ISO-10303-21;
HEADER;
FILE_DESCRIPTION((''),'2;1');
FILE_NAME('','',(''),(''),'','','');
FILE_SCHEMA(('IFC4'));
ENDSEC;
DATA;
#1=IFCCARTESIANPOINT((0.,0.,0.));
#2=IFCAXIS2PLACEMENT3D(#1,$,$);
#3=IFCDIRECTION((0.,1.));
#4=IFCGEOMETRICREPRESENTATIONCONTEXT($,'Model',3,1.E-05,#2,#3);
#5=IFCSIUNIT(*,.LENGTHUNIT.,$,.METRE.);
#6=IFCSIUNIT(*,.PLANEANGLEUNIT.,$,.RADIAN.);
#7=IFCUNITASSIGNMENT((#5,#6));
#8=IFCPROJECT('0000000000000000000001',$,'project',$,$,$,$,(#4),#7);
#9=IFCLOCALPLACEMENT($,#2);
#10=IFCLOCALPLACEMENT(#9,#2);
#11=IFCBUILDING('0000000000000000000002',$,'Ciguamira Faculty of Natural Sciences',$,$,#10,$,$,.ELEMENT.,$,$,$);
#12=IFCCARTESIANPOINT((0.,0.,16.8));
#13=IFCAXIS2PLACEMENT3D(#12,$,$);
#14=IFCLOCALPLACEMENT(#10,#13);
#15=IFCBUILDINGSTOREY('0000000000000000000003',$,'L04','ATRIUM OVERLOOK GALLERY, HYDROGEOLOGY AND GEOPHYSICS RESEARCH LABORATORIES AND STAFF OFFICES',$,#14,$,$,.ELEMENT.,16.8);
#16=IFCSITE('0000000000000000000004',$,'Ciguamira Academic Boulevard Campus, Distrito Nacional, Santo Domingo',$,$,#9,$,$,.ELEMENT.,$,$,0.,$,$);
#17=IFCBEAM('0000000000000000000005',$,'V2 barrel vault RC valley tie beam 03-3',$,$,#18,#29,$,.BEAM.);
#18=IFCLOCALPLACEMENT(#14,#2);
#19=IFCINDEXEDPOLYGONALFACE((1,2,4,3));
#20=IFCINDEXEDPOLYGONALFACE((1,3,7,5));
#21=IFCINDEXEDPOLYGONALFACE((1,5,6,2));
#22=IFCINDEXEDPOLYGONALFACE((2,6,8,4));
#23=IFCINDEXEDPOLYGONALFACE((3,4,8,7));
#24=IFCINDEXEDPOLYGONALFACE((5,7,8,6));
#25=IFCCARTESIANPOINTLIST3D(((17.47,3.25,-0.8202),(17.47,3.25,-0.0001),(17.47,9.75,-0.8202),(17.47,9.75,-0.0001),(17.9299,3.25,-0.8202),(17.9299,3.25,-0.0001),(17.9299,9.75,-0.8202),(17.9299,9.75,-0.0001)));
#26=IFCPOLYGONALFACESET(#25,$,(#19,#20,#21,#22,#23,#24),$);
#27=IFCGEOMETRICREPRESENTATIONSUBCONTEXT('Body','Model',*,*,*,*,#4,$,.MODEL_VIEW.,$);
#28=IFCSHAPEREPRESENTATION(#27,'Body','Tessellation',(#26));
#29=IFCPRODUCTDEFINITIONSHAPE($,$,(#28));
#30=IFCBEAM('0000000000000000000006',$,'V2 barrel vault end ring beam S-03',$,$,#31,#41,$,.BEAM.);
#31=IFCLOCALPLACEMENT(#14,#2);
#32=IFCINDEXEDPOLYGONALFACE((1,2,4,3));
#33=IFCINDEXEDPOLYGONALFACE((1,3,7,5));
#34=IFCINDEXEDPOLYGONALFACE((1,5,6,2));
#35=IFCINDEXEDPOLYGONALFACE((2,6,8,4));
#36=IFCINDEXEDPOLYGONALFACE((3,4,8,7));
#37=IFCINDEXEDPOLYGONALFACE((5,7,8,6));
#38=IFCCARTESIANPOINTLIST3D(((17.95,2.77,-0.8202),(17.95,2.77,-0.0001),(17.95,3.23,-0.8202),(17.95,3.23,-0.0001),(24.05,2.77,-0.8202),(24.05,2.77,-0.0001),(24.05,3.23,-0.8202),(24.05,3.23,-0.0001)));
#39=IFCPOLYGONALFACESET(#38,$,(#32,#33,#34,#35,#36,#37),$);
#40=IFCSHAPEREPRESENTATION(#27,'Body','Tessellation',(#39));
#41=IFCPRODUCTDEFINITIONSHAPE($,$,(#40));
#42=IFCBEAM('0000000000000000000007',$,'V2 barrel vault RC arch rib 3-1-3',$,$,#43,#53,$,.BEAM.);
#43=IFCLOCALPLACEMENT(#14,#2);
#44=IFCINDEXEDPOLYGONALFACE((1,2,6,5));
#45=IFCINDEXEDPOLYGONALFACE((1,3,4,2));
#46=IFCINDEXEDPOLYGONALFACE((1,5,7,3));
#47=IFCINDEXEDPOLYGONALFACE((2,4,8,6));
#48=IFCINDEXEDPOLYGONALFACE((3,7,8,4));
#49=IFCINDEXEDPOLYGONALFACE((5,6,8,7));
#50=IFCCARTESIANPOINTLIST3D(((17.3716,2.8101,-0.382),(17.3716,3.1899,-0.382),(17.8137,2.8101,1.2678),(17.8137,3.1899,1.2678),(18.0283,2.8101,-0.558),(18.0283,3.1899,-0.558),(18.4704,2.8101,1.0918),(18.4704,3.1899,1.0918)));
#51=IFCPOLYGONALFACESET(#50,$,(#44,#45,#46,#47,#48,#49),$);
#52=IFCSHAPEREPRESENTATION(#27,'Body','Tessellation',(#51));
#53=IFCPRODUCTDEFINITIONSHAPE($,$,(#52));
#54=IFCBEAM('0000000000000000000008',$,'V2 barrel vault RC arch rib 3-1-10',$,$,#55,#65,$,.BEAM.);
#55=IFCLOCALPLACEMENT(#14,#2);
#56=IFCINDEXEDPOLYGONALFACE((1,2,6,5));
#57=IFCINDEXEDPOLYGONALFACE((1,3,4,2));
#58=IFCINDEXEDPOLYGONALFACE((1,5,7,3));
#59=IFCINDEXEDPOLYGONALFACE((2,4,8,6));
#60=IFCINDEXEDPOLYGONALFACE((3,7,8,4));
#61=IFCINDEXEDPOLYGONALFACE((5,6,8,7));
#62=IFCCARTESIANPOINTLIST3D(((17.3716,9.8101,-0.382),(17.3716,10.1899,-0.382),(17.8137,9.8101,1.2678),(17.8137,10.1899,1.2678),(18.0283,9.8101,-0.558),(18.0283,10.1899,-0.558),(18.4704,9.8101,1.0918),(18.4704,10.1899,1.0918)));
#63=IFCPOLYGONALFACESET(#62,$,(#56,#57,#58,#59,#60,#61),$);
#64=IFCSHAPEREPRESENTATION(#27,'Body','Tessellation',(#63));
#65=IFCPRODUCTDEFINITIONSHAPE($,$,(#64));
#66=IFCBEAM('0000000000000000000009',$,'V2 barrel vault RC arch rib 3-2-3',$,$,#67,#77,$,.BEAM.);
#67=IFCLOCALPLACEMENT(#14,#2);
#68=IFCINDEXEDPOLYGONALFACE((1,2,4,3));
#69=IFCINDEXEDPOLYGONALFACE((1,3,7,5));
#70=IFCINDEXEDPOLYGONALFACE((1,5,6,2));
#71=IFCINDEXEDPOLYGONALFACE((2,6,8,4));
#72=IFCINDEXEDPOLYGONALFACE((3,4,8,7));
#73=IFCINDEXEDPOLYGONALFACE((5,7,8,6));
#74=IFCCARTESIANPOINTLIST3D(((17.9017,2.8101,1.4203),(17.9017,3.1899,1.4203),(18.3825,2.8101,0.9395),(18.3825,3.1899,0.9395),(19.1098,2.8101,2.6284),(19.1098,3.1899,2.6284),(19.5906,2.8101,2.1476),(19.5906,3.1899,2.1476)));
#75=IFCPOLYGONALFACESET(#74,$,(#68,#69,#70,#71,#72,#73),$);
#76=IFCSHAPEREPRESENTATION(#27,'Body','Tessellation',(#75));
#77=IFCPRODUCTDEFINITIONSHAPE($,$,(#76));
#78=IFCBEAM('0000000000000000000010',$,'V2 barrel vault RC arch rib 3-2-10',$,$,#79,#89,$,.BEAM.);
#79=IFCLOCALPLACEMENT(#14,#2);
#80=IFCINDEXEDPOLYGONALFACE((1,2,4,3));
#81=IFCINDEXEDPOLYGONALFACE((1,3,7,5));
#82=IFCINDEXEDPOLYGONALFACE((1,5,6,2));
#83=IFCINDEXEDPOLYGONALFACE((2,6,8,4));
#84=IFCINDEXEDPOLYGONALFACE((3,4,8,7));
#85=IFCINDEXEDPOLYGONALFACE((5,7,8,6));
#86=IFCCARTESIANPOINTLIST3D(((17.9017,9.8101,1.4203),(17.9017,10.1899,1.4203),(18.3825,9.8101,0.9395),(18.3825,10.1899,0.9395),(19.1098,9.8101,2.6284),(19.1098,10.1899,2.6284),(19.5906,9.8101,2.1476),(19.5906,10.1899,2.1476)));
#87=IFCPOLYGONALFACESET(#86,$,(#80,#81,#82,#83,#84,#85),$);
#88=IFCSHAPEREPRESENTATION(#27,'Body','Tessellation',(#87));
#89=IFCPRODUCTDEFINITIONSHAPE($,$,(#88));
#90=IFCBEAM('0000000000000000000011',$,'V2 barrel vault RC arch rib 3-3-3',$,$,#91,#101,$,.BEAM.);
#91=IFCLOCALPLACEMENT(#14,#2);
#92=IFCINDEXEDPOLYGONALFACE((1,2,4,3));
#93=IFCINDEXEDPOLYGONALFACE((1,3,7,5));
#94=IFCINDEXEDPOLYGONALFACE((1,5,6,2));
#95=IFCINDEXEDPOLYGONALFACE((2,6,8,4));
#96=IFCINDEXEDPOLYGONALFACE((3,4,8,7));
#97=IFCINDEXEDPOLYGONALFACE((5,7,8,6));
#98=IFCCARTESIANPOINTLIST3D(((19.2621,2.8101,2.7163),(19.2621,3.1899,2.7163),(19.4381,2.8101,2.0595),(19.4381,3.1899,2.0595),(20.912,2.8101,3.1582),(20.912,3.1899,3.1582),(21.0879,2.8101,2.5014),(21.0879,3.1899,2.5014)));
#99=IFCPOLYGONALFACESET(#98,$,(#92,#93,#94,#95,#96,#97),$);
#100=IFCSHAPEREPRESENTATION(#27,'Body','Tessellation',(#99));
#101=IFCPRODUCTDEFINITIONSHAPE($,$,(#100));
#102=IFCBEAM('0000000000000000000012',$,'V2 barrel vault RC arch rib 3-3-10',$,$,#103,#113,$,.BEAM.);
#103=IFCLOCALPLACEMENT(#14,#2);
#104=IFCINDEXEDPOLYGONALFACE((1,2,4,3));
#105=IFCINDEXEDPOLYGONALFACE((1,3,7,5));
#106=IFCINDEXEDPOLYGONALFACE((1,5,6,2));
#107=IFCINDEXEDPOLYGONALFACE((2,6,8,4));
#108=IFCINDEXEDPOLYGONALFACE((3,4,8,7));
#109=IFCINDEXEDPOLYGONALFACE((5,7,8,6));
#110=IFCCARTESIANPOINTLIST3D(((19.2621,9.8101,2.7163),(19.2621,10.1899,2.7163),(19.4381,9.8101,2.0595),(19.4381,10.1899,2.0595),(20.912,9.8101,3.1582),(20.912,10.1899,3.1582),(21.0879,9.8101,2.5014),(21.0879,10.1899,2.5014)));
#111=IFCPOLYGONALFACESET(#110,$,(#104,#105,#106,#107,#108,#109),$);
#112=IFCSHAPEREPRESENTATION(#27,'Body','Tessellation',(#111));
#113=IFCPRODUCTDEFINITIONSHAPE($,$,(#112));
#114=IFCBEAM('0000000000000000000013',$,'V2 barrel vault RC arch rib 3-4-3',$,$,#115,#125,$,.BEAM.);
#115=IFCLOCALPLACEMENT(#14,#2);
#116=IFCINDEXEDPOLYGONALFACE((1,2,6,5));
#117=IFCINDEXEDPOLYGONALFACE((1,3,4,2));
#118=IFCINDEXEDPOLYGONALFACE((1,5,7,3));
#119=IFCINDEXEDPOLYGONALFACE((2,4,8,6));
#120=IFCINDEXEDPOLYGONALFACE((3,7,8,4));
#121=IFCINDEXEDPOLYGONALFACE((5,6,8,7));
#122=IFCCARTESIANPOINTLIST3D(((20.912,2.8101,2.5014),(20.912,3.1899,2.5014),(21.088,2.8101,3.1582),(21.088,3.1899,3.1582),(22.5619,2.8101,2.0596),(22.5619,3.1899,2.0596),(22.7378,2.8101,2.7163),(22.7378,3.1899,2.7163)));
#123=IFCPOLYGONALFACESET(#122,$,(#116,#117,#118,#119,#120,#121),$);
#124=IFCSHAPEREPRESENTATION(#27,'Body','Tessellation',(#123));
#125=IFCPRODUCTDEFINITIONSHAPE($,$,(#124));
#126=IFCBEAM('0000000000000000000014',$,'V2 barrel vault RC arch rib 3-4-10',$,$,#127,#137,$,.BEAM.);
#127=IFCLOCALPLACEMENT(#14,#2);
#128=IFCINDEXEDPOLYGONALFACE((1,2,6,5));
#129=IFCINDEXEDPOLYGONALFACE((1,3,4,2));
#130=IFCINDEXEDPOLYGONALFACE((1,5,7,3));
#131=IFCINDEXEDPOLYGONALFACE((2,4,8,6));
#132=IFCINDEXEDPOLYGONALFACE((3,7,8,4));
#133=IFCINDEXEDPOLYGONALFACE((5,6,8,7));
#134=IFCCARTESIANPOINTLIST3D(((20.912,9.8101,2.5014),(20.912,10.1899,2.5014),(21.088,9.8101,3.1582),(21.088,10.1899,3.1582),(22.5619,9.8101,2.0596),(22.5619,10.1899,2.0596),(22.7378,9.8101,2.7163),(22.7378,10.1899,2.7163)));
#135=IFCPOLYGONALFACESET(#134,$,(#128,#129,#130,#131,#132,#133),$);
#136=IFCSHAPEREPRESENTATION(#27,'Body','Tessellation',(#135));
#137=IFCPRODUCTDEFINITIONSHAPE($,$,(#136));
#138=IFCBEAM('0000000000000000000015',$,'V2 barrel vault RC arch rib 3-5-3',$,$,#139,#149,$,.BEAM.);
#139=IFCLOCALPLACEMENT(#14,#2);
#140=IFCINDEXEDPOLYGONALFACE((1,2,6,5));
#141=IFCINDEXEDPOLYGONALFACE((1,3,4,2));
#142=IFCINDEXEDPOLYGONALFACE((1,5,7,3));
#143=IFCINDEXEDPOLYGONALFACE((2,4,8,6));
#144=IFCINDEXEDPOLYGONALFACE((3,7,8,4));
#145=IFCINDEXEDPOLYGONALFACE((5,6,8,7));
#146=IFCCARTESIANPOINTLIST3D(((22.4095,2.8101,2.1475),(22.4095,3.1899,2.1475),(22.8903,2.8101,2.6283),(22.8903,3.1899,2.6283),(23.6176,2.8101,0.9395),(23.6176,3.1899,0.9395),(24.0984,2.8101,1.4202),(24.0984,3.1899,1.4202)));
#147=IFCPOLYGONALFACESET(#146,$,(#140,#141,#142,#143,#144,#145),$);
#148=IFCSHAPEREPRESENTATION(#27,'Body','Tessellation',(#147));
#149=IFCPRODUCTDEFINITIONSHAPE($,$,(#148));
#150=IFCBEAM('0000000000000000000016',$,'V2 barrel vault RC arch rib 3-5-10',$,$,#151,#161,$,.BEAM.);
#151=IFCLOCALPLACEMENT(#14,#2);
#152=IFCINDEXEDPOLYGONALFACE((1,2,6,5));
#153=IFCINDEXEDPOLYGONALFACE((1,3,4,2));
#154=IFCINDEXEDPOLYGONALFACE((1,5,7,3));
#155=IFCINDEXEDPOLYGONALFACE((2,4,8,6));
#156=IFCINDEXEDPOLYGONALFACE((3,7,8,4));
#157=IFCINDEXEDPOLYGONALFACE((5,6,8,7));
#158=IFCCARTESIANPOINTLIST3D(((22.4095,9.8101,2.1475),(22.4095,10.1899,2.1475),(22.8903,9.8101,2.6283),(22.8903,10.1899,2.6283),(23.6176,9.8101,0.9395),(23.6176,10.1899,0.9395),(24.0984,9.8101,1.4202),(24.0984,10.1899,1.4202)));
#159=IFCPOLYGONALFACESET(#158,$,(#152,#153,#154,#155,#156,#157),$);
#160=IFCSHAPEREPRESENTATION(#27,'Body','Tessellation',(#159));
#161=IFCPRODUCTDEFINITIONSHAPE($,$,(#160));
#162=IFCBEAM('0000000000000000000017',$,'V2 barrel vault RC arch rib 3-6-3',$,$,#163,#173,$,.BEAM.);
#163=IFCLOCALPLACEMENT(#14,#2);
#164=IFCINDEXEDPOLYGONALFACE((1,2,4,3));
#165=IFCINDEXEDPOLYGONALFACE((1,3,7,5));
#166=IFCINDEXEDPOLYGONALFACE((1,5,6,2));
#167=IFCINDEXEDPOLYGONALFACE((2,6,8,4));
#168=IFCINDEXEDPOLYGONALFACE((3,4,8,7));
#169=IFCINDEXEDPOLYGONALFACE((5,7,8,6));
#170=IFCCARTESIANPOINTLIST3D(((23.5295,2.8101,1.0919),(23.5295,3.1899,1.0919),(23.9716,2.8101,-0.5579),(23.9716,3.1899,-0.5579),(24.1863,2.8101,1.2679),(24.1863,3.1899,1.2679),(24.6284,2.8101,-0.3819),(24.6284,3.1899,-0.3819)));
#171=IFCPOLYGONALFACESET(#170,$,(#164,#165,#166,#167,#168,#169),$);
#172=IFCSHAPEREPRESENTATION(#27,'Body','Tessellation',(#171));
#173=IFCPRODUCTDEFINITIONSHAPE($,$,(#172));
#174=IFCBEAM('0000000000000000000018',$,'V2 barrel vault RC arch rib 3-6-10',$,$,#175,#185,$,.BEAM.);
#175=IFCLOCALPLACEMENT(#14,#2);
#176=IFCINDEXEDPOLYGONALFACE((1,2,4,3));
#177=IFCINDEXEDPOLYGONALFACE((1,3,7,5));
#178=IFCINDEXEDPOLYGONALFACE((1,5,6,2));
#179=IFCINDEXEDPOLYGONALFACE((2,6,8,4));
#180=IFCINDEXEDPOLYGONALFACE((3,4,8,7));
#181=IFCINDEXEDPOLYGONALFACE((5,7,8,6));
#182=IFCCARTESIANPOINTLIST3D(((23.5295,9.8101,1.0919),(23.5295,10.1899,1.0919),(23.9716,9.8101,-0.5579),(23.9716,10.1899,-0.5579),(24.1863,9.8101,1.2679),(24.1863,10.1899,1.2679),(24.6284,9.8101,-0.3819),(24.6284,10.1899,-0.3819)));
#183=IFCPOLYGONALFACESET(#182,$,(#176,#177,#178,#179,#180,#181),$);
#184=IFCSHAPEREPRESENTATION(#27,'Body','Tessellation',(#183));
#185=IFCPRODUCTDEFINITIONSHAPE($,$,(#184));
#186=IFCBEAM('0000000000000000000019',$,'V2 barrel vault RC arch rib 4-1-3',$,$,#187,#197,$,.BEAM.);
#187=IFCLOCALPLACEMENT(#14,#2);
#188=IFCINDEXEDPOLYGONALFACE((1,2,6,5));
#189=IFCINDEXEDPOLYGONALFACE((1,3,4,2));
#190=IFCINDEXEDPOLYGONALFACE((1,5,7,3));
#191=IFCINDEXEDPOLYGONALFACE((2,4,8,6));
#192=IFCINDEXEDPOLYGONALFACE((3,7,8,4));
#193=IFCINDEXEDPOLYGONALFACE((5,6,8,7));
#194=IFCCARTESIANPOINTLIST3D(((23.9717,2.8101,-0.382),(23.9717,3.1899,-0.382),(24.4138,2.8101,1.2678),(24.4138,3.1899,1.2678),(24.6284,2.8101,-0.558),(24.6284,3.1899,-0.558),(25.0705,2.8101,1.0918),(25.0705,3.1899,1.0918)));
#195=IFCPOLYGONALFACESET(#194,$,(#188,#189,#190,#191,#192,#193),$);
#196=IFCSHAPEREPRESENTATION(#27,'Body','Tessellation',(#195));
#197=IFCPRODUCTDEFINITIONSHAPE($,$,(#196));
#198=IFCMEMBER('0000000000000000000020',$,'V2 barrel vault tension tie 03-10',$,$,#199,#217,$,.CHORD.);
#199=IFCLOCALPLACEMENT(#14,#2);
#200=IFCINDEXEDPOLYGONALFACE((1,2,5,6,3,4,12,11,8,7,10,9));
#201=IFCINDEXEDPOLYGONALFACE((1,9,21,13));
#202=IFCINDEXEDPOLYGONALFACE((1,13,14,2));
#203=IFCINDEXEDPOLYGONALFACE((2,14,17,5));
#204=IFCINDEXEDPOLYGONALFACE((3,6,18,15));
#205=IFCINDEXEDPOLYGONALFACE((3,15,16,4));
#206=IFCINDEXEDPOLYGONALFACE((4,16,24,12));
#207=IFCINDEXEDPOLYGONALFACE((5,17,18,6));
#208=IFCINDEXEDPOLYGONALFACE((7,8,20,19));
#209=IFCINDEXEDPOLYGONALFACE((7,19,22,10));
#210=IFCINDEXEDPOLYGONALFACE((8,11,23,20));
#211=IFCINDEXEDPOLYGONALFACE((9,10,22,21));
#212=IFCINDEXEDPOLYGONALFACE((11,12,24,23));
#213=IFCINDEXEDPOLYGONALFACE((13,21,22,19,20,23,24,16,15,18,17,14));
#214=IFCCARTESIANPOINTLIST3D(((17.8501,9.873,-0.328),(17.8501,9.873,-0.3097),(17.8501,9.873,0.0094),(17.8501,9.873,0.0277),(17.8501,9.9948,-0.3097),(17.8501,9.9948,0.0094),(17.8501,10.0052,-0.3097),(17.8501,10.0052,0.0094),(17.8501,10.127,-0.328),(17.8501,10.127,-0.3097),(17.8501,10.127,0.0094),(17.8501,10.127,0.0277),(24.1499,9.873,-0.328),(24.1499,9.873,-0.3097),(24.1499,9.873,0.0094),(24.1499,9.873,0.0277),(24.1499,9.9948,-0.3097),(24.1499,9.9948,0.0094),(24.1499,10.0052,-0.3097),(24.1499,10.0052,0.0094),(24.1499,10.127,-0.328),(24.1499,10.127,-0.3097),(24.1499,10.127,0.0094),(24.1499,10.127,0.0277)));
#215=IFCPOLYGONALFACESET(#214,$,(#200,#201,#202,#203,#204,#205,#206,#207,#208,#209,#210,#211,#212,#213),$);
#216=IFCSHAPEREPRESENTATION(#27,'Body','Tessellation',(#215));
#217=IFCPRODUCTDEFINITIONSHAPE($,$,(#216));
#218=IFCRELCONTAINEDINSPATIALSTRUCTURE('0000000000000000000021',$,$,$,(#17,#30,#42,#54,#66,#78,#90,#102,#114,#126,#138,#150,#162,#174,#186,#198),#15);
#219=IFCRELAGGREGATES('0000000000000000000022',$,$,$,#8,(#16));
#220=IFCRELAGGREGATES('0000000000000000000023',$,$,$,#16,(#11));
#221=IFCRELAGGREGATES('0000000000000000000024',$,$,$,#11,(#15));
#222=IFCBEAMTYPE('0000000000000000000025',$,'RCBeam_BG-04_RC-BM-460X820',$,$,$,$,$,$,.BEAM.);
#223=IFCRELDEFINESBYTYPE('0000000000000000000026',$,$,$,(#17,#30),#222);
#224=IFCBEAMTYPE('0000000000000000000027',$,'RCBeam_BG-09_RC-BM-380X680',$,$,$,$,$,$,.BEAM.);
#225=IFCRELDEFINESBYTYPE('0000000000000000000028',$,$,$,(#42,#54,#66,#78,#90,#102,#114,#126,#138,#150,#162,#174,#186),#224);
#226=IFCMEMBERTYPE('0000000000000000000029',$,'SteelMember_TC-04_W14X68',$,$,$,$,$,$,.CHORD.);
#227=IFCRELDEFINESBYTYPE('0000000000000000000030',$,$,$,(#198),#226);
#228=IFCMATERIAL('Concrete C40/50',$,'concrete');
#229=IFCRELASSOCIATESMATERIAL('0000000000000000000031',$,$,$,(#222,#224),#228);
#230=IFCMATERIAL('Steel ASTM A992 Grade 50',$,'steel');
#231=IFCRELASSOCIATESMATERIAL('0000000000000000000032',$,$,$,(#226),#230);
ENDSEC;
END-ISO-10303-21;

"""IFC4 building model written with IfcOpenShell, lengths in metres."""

from ifc_helpers import new_model, si_unit, direction, frame, origin, origin_2d, place, context, subcontext, project, spatial, rectangle, i_section, extrude, material, material_profile, profile_set, type_object, element, save


model = new_model("IFC4")

# Units and contexts
model_context = context("Model", 3, precision=1e-05, world=origin(), true_north=direction((0.0, 1.0)))
body_context = subcontext(model_context, "Body", "Model", "MODEL_VIEW")
ifc_project = project(units=[si_unit("LENGTHUNIT", "METRE"), si_unit("PLANEANGLEUNIT", "RADIAN")], contexts=[model_context])

# Site, building, storey
site_placement = place(None, origin())
site = spatial("IfcSite", under=ifc_project, at=site_placement, Name="Ciguamira Academic Boulevard Campus, Distrito Nacional, Santo Domingo", CompositionType="ELEMENT", RefElevation=0.0)
building_placement = place(site_placement, origin())
building = spatial("IfcBuilding", under=site, at=building_placement, Name="Ciguamira Faculty of Natural Sciences", CompositionType="ELEMENT")
storey_placement = place(building_placement, frame((0.0, 0.0, 16.8)))
storey = spatial("IfcBuildingStorey", under=building, at=storey_placement, Name="L04", Description="ATRIUM OVERLOOK GALLERY, HYDROGEOLOGY AND GEOPHYSICS RESEARCH LABORATORIES AND STAFF OFFICES", CompositionType="ELEMENT", Elevation=16.8)

# Beams
ifc_material_1 = material(Name="Concrete C40/50", Category="concrete")
ifc_material_profile_1 = material_profile(ifc_material_1, rectangle(XDim=0.46, YDim=0.8201, at=origin_2d()), Name="RC-BM-460X820")
ifc_profile_set_1 = profile_set([ifc_material_profile_1], Name="Concrete C40/50")
beam_type_1 = type_object("IfcBeamType", Name="RCBeam_BG-04_RC-BM-460X820", PredefinedType="BEAM", material=ifc_profile_set_1)
beam_1_placement = place(storey_placement, frame((17.7, 3.25, -0.4102), z_axis=(0.0, 1.0, 0.0), x_axis=(-1.0, 0.0, 0.0)))
element("IfcBeam", 1, at=beam_1_placement, inside=storey, type_object=beam_type_1, Name="V2 barrel vault RC valley tie beam 03-3", PredefinedType="BEAM", context=body_context, shape_type="SweptSolid", body=[
    extrude(rectangle(XDim=0.46, YDim=0.8201, at=origin_2d()), origin(), (0.0, 0.0, 1.0), 6.5),
])
beam_2_placement = place(storey_placement, frame((17.95, 3.0, -0.4102), z_axis=(1.0, 0.0, 0.0), x_axis=(0.0, 1.0, 0.0)))
element("IfcBeam", 2, at=beam_2_placement, inside=storey, type_object=beam_type_1, Name="V2 barrel vault end ring beam S-03", PredefinedType="BEAM", context=body_context, shape_type="SweptSolid", body=[
    extrude(rectangle(XDim=0.46, YDim=0.8201, at=origin_2d()), origin(), (0.0, 0.0, 1.0), 6.1001),
])
ifc_material_profile_2 = material_profile(ifc_material_1, rectangle(XDim=0.3799, YDim=0.6799, at=origin_2d()), Name="RC-BM-380X680")
ifc_profile_set_2 = profile_set([ifc_material_profile_2], Name="Concrete C40/50")
beam_type_2 = type_object("IfcBeamType", Name="RCBeam_BG-09_RC-BM-380X680", PredefinedType="BEAM", material=ifc_profile_set_2)
for number, where, z_axis, x_axis, name in (
    (3, (17.7, 3.0, -0.47), (0.258846, 0.0, 0.965919), (0.0, 1.0, 0.0), "V2 barrel vault RC arch rib 3-1-3"),
    (4, (17.7, 10.0, -0.47), (0.258846, 0.0, 0.965919), (0.0, 1.0, 0.0), "V2 barrel vault RC arch rib 3-1-10"),
):
    element("IfcBeam", number, at=place(storey_placement, frame(where, z_axis=z_axis, x_axis=x_axis)), inside=storey, type_object=beam_type_2, Name=name, PredefinedType="BEAM", context=body_context, shape_type="SweptSolid", body=[
        extrude(rectangle(XDim=0.3799, YDim=0.6799, at=origin_2d()), origin(), (0.0, 0.0, 1.0), 1.708),
    ])
for number, where, z_axis, x_axis, name in (
    (5, (18.1421, 3.0, 1.1799), (0.707107, 0.0, 0.707107), (0.0, 1.0, 0.0), "V2 barrel vault RC arch rib 3-2-3"),
    (6, (18.1421, 10.0, 1.1799), (0.707107, 0.0, 0.707107), (0.0, 1.0, 0.0), "V2 barrel vault RC arch rib 3-2-10"),
):
    element("IfcBeam", number, at=place(storey_placement, frame(where, z_axis=z_axis, x_axis=x_axis)), inside=storey, type_object=beam_type_2, Name=name, PredefinedType="BEAM", context=body_context, shape_type="SweptSolid", body=[
        extrude(rectangle(XDim=0.3799, YDim=0.6799, at=origin_2d()), origin(), (0.0, 0.0, 1.0), 1.7085),
    ])
for number, where, z_axis, x_axis, name in (
    (7, (19.3501, 3.0, 2.3879), (0.965954, 0.0, 0.258712), (0.0, 1.0, 0.0), "V2 barrel vault RC arch rib 3-3-3"),
    (8, (19.3501, 10.0, 2.3879), (0.965954, 0.0, 0.258712), (0.0, 1.0, 0.0), "V2 barrel vault RC arch rib 3-3-10"),
    (9, (21.0, 3.0, 2.8298), (0.965954, 0.0, -0.258712), (0.0, 1.0, 0.0), "V2 barrel vault RC arch rib 3-4-3"),
    (10, (21.0, 10.0, 2.8298), (0.965954, 0.0, -0.258712), (0.0, 1.0, 0.0), "V2 barrel vault RC arch rib 3-4-10"),
):
    element("IfcBeam", number, at=place(storey_placement, frame(where, z_axis=z_axis, x_axis=x_axis)), inside=storey, type_object=beam_type_2, Name=name, PredefinedType="BEAM", context=body_context, shape_type="SweptSolid", body=[
        extrude(rectangle(XDim=0.3799, YDim=0.6799, at=origin_2d()), origin(), (0.0, 0.0, 1.0), 1.708),
    ])
for number, where, z_axis, x_axis, name in (
    (11, (22.6499, 3.0, 2.3879), (0.707107, 0.0, -0.707107), (0.0, 1.0, 0.0), "V2 barrel vault RC arch rib 3-5-3"),
    (12, (22.6499, 10.0, 2.3879), (0.707107, 0.0, -0.707107), (0.0, 1.0, 0.0), "V2 barrel vault RC arch rib 3-5-10"),
):
    element("IfcBeam", number, at=place(storey_placement, frame(where, z_axis=z_axis, x_axis=x_axis)), inside=storey, type_object=beam_type_2, Name=name, PredefinedType="BEAM", context=body_context, shape_type="SweptSolid", body=[
        extrude(rectangle(XDim=0.3799, YDim=0.6799, at=origin_2d()), origin(), (0.0, 0.0, 1.0), 1.7085),
    ])
for number, where, z_axis, x_axis, name in (
    (13, (23.8579, 3.0, 1.1799), (0.258846, 0.0, -0.965919), (0.0, 1.0, 0.0), "V2 barrel vault RC arch rib 3-6-3"),
    (14, (23.8579, 10.0, 1.1799), (0.258846, 0.0, -0.965919), (0.0, 1.0, 0.0), "V2 barrel vault RC arch rib 3-6-10"),
    (15, (24.3, 3.0, -0.47), (0.258846, 0.0, 0.965919), (0.0, 1.0, 0.0), "V2 barrel vault RC arch rib 4-1-3"),
):
    element("IfcBeam", number, at=place(storey_placement, frame(where, z_axis=z_axis, x_axis=x_axis)), inside=storey, type_object=beam_type_2, Name=name, PredefinedType="BEAM", context=body_context, shape_type="SweptSolid", body=[
        extrude(rectangle(XDim=0.3799, YDim=0.6799, at=origin_2d()), origin(), (0.0, 0.0, 1.0), 1.708),
    ])

# Member
ifc_material_2 = material(Name="Steel ASTM A992 Grade 50", Category="steel")
ifc_material_profile_3 = material_profile(ifc_material_2, i_section(OverallWidth=0.2539, OverallDepth=0.3557, WebThickness=0.0105, FlangeThickness=0.0183, at=origin_2d()), Name="W14X68")
ifc_profile_set_3 = profile_set([ifc_material_profile_3], Name="Steel ASTM A992 Grade 50")
member_type = type_object("IfcMemberType", Name="SteelMember_TC-04_W14X68", PredefinedType="CHORD", material=ifc_profile_set_3)
member_placement = place(storey_placement, frame((17.8501, 10.0, -0.1501), z_axis=(1.0, 0.0, 0.0), x_axis=(0.0, 1.0, 0.0)))
element("IfcMember", 16, at=member_placement, inside=storey, type_object=member_type, Name="V2 barrel vault tension tie 03-10", PredefinedType="CHORD", context=body_context, shape_type="SweptSolid", body=[
    extrude(i_section(OverallWidth=0.2539, OverallDepth=0.3557, WebThickness=0.0105, FlangeThickness=0.0183, at=origin_2d()), origin(), (0.0, 0.0, 1.0), 6.2998),
])

save(model, "model.ifc")
